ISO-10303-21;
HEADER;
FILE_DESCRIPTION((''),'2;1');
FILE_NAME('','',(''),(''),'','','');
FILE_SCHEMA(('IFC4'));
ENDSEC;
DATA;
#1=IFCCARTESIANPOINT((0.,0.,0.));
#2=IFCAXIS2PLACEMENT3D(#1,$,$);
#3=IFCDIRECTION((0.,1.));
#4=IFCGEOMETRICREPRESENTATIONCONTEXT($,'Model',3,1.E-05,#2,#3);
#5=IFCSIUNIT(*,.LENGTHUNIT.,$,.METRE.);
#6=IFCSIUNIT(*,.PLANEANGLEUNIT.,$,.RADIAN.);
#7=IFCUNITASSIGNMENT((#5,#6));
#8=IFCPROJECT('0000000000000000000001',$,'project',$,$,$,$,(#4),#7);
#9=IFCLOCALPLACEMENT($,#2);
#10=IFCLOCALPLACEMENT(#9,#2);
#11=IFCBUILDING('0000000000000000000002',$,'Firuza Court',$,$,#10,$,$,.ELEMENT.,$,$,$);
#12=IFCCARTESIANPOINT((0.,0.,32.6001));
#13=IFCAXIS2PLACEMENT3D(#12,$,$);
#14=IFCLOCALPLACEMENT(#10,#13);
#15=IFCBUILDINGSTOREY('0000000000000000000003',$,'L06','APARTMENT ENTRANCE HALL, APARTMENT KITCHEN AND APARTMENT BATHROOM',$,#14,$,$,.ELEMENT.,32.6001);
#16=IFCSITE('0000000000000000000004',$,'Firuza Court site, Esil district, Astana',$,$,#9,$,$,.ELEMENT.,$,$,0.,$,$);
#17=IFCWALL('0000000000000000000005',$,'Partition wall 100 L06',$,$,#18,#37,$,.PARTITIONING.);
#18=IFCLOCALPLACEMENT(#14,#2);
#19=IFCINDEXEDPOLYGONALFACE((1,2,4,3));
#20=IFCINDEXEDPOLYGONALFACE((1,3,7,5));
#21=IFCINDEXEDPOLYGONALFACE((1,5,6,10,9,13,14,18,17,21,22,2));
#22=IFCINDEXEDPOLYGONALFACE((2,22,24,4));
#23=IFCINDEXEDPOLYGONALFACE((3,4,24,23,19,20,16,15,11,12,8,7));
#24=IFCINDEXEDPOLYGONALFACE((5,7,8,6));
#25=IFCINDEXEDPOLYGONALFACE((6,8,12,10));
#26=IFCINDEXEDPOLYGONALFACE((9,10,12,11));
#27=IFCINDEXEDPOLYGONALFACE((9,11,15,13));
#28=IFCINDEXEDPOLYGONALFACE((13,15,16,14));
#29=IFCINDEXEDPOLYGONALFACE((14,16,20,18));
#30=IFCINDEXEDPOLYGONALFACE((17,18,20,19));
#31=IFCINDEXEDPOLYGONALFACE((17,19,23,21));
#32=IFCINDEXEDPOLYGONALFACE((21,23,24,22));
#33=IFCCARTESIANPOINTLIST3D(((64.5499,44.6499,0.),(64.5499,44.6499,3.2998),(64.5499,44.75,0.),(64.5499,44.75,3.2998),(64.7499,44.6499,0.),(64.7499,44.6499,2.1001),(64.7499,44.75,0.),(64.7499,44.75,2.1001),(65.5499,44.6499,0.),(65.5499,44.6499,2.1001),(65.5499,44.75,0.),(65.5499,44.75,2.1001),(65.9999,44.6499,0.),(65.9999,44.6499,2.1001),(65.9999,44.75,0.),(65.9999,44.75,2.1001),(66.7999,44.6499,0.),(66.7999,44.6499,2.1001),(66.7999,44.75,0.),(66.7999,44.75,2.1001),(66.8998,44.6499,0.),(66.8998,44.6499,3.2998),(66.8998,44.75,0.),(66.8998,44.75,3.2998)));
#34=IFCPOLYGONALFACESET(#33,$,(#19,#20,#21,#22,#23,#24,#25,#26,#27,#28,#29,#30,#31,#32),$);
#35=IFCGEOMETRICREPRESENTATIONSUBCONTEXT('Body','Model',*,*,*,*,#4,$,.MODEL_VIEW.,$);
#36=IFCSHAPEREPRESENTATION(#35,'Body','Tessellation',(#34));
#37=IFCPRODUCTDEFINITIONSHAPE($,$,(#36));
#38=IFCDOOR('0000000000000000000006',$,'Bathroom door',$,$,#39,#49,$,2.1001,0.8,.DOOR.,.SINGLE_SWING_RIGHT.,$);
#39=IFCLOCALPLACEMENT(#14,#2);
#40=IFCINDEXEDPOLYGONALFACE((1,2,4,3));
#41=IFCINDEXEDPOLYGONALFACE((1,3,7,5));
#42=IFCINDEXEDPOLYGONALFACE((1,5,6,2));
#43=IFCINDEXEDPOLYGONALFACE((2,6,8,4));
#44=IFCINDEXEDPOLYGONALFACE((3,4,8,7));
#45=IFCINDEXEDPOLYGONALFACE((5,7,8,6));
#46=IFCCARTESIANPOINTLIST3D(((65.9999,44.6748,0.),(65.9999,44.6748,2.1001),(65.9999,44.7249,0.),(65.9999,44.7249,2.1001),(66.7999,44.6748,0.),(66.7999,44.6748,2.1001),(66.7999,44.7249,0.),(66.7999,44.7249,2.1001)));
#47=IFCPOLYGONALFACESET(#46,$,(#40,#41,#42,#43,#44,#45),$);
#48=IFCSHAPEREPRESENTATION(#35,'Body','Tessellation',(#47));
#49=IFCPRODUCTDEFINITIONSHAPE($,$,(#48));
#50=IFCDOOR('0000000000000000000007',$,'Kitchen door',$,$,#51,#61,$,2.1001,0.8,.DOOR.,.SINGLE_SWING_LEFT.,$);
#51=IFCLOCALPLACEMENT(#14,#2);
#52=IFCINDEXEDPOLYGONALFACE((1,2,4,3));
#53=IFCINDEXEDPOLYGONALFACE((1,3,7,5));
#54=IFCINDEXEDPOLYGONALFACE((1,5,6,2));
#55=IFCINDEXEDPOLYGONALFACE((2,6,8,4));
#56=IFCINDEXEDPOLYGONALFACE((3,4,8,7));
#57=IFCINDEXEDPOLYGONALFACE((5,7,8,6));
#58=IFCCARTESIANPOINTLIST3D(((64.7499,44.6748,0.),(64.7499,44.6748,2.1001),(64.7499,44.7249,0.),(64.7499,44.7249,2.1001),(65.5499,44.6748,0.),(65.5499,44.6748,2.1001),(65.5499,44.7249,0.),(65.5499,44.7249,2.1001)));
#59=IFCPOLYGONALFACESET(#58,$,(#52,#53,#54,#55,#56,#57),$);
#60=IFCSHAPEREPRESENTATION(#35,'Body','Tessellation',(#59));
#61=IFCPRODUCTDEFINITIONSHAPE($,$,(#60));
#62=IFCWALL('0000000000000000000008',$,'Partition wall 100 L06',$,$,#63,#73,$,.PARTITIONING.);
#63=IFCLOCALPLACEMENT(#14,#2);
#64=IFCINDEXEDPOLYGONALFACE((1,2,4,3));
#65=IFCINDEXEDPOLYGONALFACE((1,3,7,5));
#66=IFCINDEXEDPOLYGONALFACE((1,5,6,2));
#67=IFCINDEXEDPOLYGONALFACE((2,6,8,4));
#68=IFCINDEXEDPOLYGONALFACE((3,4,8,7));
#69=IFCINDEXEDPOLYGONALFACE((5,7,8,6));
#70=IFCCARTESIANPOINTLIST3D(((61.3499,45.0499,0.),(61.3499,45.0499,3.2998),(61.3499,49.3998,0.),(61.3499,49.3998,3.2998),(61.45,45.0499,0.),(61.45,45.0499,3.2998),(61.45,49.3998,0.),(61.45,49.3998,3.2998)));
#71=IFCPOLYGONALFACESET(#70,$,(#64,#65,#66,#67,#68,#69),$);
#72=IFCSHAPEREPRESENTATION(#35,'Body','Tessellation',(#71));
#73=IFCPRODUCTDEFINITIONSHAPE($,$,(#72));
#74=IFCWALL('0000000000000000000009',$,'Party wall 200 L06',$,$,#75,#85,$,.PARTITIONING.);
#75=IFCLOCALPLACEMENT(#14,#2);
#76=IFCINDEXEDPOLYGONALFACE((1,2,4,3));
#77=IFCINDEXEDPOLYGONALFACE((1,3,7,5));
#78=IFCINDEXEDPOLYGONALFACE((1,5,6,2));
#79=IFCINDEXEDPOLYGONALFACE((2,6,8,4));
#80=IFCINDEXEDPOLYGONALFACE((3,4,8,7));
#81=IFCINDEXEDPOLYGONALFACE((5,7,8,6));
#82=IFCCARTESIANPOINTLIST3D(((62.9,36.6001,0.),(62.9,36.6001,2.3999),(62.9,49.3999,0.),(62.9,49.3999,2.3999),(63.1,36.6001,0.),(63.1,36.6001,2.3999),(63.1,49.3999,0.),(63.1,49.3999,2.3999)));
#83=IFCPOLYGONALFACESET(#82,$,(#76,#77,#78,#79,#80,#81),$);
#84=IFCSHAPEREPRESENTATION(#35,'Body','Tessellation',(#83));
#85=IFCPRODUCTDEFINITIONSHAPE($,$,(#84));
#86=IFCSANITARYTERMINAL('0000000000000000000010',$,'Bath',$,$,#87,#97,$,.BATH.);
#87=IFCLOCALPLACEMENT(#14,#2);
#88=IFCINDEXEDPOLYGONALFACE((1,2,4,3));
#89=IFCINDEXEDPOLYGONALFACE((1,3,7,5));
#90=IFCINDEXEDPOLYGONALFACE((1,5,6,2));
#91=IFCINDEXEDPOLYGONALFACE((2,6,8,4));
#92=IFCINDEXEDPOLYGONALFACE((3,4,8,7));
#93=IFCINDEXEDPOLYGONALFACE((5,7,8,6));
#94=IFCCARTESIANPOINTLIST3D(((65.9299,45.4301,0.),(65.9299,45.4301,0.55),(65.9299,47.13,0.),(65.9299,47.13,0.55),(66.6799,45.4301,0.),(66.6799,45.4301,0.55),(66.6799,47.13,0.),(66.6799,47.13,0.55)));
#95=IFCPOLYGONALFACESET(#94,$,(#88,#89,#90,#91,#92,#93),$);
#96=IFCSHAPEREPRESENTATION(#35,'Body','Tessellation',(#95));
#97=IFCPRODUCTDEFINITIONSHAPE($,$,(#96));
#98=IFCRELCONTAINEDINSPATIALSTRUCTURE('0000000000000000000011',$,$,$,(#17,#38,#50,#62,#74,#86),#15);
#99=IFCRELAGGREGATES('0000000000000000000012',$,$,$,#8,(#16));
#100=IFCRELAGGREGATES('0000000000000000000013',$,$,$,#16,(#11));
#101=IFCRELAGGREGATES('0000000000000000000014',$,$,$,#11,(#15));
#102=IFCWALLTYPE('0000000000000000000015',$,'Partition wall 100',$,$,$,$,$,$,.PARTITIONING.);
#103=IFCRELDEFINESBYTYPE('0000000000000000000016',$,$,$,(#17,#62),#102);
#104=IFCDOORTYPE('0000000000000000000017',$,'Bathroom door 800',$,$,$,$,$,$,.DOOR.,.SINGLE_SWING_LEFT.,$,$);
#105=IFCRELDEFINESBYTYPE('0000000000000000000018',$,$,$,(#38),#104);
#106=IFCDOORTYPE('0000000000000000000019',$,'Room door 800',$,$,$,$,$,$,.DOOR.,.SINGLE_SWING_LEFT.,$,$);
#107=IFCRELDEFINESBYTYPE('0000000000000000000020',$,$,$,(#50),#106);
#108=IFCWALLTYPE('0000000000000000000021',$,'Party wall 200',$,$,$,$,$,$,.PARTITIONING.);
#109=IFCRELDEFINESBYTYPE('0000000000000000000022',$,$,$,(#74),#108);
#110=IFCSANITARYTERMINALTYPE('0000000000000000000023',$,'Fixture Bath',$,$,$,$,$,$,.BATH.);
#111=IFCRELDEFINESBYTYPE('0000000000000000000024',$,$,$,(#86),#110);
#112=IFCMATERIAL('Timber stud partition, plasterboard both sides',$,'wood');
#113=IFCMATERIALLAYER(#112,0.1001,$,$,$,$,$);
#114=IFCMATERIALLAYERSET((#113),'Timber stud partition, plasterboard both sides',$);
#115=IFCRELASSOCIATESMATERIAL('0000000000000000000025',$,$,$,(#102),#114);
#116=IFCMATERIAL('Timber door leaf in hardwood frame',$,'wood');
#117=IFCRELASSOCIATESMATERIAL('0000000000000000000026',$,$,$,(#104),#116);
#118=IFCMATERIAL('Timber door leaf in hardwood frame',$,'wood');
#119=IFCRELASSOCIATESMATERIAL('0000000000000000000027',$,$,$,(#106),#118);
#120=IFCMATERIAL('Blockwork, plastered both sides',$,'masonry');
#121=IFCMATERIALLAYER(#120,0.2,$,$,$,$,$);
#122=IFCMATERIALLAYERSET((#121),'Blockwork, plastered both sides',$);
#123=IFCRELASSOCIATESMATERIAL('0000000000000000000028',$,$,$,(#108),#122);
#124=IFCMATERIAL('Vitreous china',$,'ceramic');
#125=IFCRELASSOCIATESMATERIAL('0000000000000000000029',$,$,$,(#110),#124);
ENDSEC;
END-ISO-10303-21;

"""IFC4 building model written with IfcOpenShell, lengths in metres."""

from ifc_helpers import new_model, si_unit, direction, frame, frame_2d, origin, origin_2d, place, context, subcontext, project, spatial, rectangle, extrude, material, layer, layer_set, type_object, element, fill, save


model = new_model("IFC4")

# Units and contexts
model_context = context("Model", 3, precision=1e-05, world=origin(), true_north=direction((0.0, 1.0)))
body_context = subcontext(model_context, "Body", "Model", "MODEL_VIEW")
ifc_project = project(units=[si_unit("LENGTHUNIT", "METRE"), si_unit("PLANEANGLEUNIT", "RADIAN")], contexts=[model_context])

# Site, building, storey
site_placement = place(None, origin())
site = spatial("IfcSite", under=ifc_project, at=site_placement, Name="Firuza Court site, Esil district, Astana", CompositionType="ELEMENT", RefElevation=0.0)
building_placement = place(site_placement, origin())
building = spatial("IfcBuilding", under=site, at=building_placement, Name="Firuza Court", CompositionType="ELEMENT")
storey_placement = place(building_placement, frame((0.0, 0.0, 32.6001)))
storey = spatial("IfcBuildingStorey", under=building, at=storey_placement, Name="L06", Description="APARTMENT ENTRANCE HALL, APARTMENT KITCHEN AND APARTMENT BATHROOM", CompositionType="ELEMENT", Elevation=32.6001)

# Shared definitions
ifc_material_1 = material(Name="Timber stud partition, plasterboard both sides", Category="wood")
ifc_layer_1 = layer(ifc_material_1, 0.1001)
ifc_layer_set_1 = layer_set([ifc_layer_1], Name="Timber stud partition, plasterboard both sides")
wall_type_1 = type_object("IfcWallType", Name="Partition wall 100", PredefinedType="PARTITIONING", material=ifc_layer_set_1)

# Wall, openings, doors
wall_1_placement = place(storey_placement, frame((64.55, 44.7, 0.0), z_axis=(0.0, 0.0, 1.0), x_axis=(1.0, 0.0, 0.0)))
wall_1 = element("IfcWall", 1, at=wall_1_placement, inside=storey, type_object=wall_type_1, Name="Partition wall 100 L06", PredefinedType="PARTITIONING", context=body_context, shape_type="SweptSolid", body=[
    extrude(rectangle(XDim=2.3499, YDim=0.1001, at=frame_2d((1.1748, 0.0))), origin(), (0.0, 0.0, 1.0), 3.2998),
])
opening_1_placement = place(wall_1_placement, frame((1.45, 0.0, 0.0)))
opening_1 = element("IfcOpeningElement", 2, at=opening_1_placement, cuts=wall_1, PredefinedType="OPENING", context=body_context, shape_type="SweptSolid", body=[
    extrude(rectangle(XDim=0.8, YDim=2.1001, at=frame_2d((0.3999, 1.05))), frame((0.0, 0.062, 0.0), z_axis=(0.0, -1.0, 0.0), x_axis=(1.0, 0.0, 0.0)), (0.0, 0.0, 1.0), 0.124),
])
opening_2_placement = place(wall_1_placement, frame((0.2, 0.0, 0.0)))
opening_2 = element("IfcOpeningElement", 3, at=opening_2_placement, cuts=wall_1, PredefinedType="OPENING", context=body_context, shape_type="SweptSolid", body=[
    extrude(rectangle(XDim=0.8, YDim=2.1001, at=frame_2d((0.3999, 1.05))), frame((0.0, 0.062, 0.0), z_axis=(0.0, -1.0, 0.0), x_axis=(1.0, 0.0, 0.0)), (0.0, 0.0, 1.0), 0.124),
])
ifc_material_2 = material(Name="Timber door leaf in hardwood frame", Category="wood")
door_type_1 = type_object("IfcDoorType", Name="Bathroom door 800", OperationType="SINGLE_SWING_LEFT", PredefinedType="DOOR", material=ifc_material_2)
door_1_placement = place(opening_1_placement, origin())
door_1 = element("IfcDoor", 4, at=door_1_placement, inside=storey, type_object=door_type_1, Name="Bathroom door", OperationType="SINGLE_SWING_RIGHT", OverallHeight=2.1001, OverallWidth=0.8, PredefinedType="DOOR", context=body_context, shape_type="SweptSolid", body=[
    extrude(rectangle(XDim=0.8, YDim=2.1001, at=frame_2d((0.3999, 1.05))), frame((0.0, 0.0249, 0.0), z_axis=(0.0, -1.0, 0.0), x_axis=(1.0, 0.0, 0.0)), (0.0, 0.0, 1.0), 0.05),
])
fill(opening_1, door_1)
ifc_material_3 = material(Name="Timber door leaf in hardwood frame", Category="wood")
door_type_2 = type_object("IfcDoorType", Name="Room door 800", OperationType="SINGLE_SWING_LEFT", PredefinedType="DOOR", material=ifc_material_3)
door_2_placement = place(opening_2_placement, origin())
door_2 = element("IfcDoor", 5, at=door_2_placement, inside=storey, type_object=door_type_2, Name="Kitchen door", OperationType="SINGLE_SWING_LEFT", OverallHeight=2.1001, OverallWidth=0.8, PredefinedType="DOOR", context=body_context, shape_type="SweptSolid", body=[
    extrude(rectangle(XDim=0.8, YDim=2.1001, at=frame_2d((0.3999, 1.05))), frame((0.0, 0.0249, 0.0), z_axis=(0.0, -1.0, 0.0), x_axis=(1.0, 0.0, 0.0)), (0.0, 0.0, 1.0), 0.05),
])
fill(opening_2, door_2)

# Walls
wall_2_placement = place(storey_placement, frame((61.3999, 45.05, 0.0), z_axis=(0.0, 0.0, 1.0), x_axis=(0.0, 1.0, 0.0)))
element("IfcWall", 6, at=wall_2_placement, inside=storey, type_object=wall_type_1, Name="Partition wall 100 L06", PredefinedType="PARTITIONING", context=body_context, shape_type="SweptSolid", body=[
    extrude(rectangle(XDim=4.3499, YDim=0.1001, at=frame_2d((2.1748, 0.0))), origin(), (0.0, 0.0, 1.0), 3.2998),
])
ifc_material_4 = material(Name="Blockwork, plastered both sides", Category="masonry")
ifc_layer_2 = layer(ifc_material_4, 0.2)
ifc_layer_set_2 = layer_set([ifc_layer_2], Name="Blockwork, plastered both sides")
wall_type_2 = type_object("IfcWallType", Name="Party wall 200", PredefinedType="PARTITIONING", material=ifc_layer_set_2)
wall_3_placement = place(storey_placement, frame((63.0, 36.6001, 0.0), z_axis=(0.0, 0.0, 1.0), x_axis=(0.0, 1.0, 0.0)))
element("IfcWall", 7, at=wall_3_placement, inside=storey, type_object=wall_type_2, Name="Party wall 200 L06", PredefinedType="PARTITIONING", context=body_context, shape_type="SweptSolid", body=[
    extrude(rectangle(XDim=12.7998, YDim=0.2, at=frame_2d((6.3999, 0.0))), origin(), (0.0, 0.0, 1.0), 2.3999),
])

# Sanitary terminal
ifc_material_5 = material(Name="Vitreous china", Category="ceramic")
sanitary_terminal_type = type_object("IfcSanitaryTerminalType", Name="Fixture Bath", PredefinedType="BATH", material=ifc_material_5)
sanitary_terminal_placement = place(storey_placement, frame((66.3049, 46.28, 0.0), z_axis=(0.0, 0.0, 1.0), x_axis=(1.0, 0.0, 0.0)))
element("IfcSanitaryTerminal", 8, at=sanitary_terminal_placement, inside=storey, type_object=sanitary_terminal_type, Name="Bath", PredefinedType="BATH", context=body_context, shape_type="SweptSolid", body=[
    extrude(rectangle(XDim=0.75, YDim=1.7, at=origin_2d()), origin(), (0.0, 0.0, 1.0), 0.55),
])

save(model, "model.ifc")
